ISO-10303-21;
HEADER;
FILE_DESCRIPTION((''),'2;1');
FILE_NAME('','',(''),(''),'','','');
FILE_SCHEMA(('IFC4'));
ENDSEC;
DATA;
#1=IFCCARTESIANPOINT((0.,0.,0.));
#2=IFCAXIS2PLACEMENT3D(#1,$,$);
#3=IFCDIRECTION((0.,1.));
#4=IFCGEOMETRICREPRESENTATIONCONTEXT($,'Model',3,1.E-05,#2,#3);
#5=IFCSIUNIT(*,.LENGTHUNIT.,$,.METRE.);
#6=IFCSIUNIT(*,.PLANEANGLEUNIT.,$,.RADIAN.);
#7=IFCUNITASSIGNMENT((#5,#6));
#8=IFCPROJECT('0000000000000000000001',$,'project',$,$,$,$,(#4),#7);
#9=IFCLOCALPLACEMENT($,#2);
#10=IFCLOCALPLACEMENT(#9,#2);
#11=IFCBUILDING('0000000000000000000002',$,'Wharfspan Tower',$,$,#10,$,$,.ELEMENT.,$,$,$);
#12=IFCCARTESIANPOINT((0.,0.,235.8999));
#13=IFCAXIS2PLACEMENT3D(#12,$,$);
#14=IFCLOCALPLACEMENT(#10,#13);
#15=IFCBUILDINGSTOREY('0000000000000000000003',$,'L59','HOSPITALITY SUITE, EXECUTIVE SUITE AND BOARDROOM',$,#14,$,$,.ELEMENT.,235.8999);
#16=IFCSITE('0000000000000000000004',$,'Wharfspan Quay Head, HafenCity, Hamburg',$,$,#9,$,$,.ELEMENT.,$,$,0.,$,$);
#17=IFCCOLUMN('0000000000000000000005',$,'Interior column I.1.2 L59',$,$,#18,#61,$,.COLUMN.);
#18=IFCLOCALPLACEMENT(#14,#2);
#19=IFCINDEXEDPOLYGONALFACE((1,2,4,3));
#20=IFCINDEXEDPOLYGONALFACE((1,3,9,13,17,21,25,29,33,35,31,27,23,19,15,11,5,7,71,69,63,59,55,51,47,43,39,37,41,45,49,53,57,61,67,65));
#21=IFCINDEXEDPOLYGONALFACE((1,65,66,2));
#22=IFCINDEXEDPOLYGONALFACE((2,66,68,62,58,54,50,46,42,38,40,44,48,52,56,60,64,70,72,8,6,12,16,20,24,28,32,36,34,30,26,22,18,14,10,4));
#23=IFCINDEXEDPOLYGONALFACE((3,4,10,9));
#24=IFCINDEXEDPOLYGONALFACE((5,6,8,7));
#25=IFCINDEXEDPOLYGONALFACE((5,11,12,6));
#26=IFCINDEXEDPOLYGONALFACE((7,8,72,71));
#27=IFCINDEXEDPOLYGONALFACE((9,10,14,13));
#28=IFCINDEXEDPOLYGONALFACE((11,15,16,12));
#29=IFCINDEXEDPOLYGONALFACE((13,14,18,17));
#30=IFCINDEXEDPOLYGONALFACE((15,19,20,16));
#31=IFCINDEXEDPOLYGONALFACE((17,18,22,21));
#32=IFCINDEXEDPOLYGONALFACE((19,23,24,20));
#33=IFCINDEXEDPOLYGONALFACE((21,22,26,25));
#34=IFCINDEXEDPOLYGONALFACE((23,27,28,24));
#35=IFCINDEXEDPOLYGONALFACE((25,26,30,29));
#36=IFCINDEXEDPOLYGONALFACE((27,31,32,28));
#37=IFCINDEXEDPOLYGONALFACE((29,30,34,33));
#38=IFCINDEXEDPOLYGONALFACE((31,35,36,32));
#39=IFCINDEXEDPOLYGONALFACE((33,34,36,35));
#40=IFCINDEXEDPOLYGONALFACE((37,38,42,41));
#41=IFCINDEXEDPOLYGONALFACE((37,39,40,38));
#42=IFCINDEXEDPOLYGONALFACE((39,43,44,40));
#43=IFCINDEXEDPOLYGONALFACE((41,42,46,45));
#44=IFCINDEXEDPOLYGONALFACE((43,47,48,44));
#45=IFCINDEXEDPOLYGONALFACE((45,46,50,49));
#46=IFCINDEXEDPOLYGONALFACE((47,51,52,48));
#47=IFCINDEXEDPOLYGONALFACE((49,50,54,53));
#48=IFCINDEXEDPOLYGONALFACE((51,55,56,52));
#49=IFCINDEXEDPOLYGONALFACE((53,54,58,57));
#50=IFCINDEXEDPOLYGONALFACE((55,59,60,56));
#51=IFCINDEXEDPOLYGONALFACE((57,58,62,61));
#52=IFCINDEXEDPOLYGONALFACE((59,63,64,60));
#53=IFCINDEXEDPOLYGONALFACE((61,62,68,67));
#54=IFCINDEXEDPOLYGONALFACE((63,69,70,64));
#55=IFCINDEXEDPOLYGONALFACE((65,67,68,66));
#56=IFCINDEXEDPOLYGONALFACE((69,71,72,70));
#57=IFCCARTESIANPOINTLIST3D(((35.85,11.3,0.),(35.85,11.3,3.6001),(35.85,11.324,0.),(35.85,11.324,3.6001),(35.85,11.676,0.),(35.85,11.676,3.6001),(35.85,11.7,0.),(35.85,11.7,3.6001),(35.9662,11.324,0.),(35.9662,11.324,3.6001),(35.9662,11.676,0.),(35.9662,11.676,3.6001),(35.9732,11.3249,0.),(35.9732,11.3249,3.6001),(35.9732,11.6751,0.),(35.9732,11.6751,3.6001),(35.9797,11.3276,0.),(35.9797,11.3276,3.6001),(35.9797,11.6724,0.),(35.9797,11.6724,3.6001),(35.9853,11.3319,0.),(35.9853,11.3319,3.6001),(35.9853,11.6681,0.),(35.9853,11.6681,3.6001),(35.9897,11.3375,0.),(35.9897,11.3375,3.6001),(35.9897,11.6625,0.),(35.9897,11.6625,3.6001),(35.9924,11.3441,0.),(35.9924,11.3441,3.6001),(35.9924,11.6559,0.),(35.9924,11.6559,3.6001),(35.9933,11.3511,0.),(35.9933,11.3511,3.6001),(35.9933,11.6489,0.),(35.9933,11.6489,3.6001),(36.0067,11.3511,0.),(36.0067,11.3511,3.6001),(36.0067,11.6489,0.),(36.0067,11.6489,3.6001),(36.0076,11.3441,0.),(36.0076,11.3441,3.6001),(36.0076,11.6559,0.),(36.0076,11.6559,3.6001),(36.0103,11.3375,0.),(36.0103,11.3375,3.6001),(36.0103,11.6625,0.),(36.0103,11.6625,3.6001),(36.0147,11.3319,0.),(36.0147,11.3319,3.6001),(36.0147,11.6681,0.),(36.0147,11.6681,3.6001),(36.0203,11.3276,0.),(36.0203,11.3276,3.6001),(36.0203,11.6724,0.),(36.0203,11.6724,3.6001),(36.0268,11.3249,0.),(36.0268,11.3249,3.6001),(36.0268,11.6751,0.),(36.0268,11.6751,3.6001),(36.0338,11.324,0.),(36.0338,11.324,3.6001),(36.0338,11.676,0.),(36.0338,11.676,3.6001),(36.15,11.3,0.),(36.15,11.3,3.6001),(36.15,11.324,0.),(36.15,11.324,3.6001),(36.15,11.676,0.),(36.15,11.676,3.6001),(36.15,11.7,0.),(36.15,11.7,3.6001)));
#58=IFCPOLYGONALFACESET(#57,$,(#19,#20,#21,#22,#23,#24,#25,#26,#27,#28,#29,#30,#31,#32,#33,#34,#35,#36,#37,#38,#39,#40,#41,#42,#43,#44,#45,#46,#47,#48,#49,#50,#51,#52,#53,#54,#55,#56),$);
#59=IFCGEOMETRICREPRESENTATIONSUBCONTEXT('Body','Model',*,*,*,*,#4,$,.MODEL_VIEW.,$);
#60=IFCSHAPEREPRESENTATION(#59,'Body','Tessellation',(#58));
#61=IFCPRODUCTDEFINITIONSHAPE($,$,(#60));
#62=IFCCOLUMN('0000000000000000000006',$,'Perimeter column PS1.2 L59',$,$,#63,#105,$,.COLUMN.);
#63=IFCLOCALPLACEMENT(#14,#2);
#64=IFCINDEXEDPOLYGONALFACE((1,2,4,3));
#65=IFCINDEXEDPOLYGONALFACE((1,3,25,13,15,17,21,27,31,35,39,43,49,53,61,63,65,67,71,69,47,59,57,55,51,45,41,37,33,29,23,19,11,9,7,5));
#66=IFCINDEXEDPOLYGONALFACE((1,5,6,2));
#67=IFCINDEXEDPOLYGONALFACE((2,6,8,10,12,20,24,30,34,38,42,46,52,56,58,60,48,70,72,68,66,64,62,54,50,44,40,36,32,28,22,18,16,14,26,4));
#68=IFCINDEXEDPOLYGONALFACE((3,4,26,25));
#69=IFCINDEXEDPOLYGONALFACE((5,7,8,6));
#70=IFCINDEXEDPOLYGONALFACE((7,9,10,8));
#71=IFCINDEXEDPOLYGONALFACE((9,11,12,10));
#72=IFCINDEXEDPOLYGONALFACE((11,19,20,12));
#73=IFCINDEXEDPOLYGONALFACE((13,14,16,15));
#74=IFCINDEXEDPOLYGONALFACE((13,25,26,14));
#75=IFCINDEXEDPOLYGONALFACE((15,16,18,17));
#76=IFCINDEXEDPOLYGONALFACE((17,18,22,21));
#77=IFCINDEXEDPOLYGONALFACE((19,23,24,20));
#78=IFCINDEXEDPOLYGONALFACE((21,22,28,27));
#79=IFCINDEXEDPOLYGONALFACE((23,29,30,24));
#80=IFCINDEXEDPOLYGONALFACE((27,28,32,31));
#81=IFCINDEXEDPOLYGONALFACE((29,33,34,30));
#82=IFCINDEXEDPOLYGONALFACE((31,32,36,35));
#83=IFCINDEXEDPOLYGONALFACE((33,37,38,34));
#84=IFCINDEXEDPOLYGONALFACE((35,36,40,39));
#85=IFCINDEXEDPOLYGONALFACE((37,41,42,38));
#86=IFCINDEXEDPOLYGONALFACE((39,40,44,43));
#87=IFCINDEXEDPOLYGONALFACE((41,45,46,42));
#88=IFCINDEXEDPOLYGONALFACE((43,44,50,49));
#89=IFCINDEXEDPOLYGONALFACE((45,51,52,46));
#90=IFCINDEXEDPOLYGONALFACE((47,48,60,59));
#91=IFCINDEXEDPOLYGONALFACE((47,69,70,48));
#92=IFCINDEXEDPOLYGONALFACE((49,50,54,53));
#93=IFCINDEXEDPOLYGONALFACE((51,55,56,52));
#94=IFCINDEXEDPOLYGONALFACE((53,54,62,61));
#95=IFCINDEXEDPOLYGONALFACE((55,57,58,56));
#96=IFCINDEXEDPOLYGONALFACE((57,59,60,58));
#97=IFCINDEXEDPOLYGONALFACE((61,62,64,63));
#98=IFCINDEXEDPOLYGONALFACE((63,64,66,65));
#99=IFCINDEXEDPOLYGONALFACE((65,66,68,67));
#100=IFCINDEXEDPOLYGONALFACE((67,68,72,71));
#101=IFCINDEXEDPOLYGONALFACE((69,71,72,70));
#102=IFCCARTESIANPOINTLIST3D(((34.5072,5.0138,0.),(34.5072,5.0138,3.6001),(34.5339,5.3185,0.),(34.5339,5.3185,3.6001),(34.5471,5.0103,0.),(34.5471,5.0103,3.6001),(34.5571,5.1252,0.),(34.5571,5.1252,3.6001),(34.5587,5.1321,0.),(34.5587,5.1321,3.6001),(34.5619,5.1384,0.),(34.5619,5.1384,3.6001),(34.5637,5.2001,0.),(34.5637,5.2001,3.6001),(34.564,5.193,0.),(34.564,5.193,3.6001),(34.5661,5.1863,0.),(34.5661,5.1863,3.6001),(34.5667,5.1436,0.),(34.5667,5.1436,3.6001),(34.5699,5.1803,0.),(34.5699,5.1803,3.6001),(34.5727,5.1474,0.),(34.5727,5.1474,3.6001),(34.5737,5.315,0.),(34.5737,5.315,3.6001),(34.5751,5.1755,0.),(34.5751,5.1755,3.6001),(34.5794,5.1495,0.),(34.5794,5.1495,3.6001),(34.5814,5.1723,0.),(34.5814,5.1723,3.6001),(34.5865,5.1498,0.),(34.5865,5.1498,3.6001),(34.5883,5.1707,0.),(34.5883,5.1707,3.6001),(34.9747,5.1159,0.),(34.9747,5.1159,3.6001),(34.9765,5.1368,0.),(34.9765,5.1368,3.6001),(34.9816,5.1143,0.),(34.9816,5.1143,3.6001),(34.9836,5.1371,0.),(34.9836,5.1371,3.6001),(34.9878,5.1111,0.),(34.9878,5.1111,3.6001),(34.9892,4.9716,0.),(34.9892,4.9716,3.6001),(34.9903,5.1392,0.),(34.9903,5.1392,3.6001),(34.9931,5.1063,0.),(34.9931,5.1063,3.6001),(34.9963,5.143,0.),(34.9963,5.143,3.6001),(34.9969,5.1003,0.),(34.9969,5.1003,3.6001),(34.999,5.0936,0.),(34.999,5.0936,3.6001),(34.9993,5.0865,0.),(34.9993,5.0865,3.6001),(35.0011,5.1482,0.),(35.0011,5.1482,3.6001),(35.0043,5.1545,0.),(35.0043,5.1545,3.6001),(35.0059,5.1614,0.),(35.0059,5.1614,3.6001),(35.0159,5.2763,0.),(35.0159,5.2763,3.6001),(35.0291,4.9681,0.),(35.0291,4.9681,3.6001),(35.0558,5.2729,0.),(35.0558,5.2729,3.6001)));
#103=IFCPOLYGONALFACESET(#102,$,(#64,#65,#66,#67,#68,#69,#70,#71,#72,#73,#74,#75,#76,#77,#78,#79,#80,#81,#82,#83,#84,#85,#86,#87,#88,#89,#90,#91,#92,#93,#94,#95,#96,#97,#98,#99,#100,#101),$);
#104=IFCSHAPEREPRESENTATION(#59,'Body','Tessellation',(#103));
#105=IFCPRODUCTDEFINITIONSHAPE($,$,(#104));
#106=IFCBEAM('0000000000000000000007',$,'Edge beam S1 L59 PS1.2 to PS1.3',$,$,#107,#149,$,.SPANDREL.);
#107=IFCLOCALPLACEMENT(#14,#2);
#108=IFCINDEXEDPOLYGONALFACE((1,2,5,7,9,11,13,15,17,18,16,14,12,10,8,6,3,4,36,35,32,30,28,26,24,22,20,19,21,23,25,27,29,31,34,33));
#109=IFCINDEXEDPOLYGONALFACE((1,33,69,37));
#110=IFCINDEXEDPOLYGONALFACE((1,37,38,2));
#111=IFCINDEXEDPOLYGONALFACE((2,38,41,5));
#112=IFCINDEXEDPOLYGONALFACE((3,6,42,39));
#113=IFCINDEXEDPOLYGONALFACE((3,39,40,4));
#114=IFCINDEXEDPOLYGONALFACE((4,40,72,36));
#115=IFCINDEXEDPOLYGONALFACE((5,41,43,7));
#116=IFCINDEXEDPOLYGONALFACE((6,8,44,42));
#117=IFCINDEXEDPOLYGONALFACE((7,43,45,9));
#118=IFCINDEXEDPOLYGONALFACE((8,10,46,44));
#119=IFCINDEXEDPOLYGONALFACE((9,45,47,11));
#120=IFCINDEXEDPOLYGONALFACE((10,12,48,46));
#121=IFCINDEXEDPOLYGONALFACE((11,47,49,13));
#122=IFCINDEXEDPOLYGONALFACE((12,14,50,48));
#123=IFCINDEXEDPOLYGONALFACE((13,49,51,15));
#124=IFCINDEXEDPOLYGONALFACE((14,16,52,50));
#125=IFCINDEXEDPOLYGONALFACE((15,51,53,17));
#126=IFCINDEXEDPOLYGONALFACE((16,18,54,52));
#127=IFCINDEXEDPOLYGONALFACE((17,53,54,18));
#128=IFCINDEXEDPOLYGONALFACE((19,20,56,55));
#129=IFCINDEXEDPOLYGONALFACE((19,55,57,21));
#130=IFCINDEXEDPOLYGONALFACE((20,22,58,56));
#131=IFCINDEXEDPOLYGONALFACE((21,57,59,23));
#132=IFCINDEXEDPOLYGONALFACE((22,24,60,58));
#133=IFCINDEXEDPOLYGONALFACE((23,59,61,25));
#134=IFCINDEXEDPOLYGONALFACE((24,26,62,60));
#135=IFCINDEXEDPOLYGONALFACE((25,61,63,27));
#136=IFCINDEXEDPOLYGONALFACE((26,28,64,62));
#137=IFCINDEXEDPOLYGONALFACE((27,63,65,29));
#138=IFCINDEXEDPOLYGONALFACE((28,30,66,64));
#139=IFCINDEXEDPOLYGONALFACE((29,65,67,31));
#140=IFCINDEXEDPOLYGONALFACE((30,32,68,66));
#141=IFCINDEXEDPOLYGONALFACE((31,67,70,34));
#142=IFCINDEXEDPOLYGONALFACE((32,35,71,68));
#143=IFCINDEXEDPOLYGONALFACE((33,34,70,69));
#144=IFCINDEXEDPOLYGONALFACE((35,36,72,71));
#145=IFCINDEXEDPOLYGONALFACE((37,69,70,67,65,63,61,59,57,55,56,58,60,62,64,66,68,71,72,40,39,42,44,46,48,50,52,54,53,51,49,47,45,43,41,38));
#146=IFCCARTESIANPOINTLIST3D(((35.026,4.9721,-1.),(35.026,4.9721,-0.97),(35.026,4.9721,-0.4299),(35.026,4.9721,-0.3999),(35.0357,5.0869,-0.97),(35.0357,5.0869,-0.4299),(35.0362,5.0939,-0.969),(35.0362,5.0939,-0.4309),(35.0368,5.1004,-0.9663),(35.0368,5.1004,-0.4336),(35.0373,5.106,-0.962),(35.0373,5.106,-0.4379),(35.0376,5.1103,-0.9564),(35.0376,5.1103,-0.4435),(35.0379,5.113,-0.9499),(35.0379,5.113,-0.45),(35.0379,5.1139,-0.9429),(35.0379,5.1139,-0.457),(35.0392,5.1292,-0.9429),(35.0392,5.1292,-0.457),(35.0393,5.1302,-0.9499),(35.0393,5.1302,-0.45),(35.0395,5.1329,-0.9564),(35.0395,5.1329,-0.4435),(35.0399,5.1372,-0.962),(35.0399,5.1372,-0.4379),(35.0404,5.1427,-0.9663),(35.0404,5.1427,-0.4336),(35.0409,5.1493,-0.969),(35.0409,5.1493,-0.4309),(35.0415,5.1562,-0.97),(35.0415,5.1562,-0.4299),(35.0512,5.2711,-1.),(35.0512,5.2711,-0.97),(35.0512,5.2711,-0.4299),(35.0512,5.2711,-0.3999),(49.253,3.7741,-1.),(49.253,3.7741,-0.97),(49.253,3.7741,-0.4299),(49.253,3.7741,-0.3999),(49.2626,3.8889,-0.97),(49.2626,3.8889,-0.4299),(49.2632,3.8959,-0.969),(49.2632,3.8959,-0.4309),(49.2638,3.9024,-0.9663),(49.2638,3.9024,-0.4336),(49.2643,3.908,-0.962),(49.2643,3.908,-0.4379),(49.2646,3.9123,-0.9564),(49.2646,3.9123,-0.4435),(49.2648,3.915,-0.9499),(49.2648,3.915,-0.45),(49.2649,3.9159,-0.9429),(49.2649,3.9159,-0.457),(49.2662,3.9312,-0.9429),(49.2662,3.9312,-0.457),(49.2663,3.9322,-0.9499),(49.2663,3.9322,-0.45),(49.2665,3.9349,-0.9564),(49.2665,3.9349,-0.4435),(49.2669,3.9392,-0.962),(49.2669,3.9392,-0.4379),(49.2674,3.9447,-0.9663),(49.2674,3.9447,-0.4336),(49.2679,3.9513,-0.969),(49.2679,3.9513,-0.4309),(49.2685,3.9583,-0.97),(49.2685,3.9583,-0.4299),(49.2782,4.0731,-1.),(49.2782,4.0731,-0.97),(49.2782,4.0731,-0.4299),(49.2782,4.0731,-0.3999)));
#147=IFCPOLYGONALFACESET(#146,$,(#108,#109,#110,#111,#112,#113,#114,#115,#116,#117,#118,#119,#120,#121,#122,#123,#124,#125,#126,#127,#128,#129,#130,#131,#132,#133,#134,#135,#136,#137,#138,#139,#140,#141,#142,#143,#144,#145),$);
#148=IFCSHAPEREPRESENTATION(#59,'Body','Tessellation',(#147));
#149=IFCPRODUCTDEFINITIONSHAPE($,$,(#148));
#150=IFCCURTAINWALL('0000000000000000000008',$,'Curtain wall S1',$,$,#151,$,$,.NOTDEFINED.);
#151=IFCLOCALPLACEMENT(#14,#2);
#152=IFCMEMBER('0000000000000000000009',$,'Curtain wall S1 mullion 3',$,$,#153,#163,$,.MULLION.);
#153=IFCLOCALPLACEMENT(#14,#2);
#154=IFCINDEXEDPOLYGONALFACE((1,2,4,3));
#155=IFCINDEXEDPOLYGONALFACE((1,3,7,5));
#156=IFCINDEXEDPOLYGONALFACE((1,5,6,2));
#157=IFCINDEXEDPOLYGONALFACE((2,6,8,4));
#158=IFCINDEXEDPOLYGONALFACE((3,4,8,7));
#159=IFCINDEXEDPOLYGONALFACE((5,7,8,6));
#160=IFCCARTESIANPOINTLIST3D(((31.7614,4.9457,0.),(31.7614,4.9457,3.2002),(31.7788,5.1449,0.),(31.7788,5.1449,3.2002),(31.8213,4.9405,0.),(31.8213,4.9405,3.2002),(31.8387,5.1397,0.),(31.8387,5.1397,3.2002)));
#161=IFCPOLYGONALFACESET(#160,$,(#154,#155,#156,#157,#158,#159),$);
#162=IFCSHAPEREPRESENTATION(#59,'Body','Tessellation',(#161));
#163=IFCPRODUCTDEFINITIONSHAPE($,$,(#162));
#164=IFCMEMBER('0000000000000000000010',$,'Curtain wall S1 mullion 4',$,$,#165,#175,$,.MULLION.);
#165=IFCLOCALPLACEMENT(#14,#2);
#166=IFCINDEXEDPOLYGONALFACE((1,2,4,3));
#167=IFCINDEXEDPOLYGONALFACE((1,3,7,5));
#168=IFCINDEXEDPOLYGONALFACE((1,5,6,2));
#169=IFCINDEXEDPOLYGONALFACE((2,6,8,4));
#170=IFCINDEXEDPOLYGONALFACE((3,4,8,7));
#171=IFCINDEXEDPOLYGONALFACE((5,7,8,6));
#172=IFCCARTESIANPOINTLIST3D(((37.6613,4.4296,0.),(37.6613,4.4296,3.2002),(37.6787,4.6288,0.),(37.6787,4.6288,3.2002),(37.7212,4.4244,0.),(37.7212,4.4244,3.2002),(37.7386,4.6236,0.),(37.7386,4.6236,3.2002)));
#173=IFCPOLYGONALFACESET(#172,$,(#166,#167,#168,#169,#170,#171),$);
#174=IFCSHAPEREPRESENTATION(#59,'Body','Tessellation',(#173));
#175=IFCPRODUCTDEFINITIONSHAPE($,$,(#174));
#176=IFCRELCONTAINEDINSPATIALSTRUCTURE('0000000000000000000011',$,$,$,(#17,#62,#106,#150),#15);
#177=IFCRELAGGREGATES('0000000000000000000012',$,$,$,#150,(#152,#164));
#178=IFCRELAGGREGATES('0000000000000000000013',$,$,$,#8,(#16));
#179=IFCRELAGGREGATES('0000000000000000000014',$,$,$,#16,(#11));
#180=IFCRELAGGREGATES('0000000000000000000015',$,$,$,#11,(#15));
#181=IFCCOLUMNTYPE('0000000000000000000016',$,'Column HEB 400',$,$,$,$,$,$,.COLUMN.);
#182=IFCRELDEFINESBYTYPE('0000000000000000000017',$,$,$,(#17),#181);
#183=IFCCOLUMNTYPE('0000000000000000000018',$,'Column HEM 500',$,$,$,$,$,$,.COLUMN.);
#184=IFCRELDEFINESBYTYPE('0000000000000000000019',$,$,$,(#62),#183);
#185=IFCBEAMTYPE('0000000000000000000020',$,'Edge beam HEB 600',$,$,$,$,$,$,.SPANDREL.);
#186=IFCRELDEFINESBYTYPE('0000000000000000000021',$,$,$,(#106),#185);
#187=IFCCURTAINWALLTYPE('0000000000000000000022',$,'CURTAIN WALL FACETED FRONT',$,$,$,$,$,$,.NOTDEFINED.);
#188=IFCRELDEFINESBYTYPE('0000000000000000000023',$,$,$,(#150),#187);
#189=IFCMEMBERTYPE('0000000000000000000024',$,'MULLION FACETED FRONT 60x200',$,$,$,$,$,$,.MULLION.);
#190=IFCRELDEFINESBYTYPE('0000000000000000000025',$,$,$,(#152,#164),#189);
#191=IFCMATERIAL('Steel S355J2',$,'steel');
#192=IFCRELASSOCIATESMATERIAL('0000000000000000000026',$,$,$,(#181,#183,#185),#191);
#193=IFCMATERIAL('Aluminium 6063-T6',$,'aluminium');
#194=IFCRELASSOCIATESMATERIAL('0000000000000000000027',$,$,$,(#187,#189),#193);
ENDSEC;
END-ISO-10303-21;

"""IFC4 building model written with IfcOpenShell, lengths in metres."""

from ifc_helpers import new_model, si_unit, direction, frame, origin, origin_2d, place, context, subcontext, project, spatial, rectangle, i_section, extrude, material, material_profile, profile_set, type_object, element, aggregate, save


model = new_model("IFC4")

# Units and contexts
model_context = context("Model", 3, precision=1e-05, world=origin(), true_north=direction((0.0, 1.0)))
body_context = subcontext(model_context, "Body", "Model", "MODEL_VIEW")
ifc_project = project(units=[si_unit("LENGTHUNIT", "METRE"), si_unit("PLANEANGLEUNIT", "RADIAN")], contexts=[model_context])

# Site, building, storey
site_placement = place(None, origin())
site = spatial("IfcSite", under=ifc_project, at=site_placement, Name="Wharfspan Quay Head, HafenCity, Hamburg", CompositionType="ELEMENT", RefElevation=0.0)
building_placement = place(site_placement, origin())
building = spatial("IfcBuilding", under=site, at=building_placement, Name="Wharfspan Tower", CompositionType="ELEMENT")
storey_placement = place(building_placement, frame((0.0, 0.0, 235.8999)))
storey = spatial("IfcBuildingStorey", under=building, at=storey_placement, Name="L59", Description="HOSPITALITY SUITE, EXECUTIVE SUITE AND BOARDROOM", CompositionType="ELEMENT", Elevation=235.8999)

# Columns
ifc_material_1 = material(Name="Steel S355J2", Category="steel")
ifc_material_profile_1 = material_profile(ifc_material_1, i_section(OverallWidth=0.3, OverallDepth=0.3999, WebThickness=0.0134, FlangeThickness=0.0239, FilletRadius=0.0271, at=origin_2d()))
ifc_profile_set_1 = profile_set([ifc_material_profile_1], Name="Steel S355J2")
column_type_1 = type_object("IfcColumnType", Name="Column HEB 400", PredefinedType="COLUMN", material=ifc_profile_set_1)
column_1_placement = place(storey_placement, frame((36.0, 11.5, 0.0), z_axis=(0.0, 0.0, 1.0), x_axis=(1.0, 0.0, 0.0)))
element("IfcColumn", 1, at=column_1_placement, inside=storey, type_object=column_type_1, Name="Interior column I.1.2 L59", PredefinedType="COLUMN", context=body_context, shape_type="SweptSolid", body=[
    extrude(i_section(OverallWidth=0.3, OverallDepth=0.3999, WebThickness=0.0134, FlangeThickness=0.0239, FilletRadius=0.0271, at=origin_2d()), origin(), (0.0, 0.0, 1.0), 3.6001),
])
ifc_material_profile_2 = material_profile(ifc_material_1, i_section(OverallWidth=0.3059, OverallDepth=0.5239, WebThickness=0.021, FlangeThickness=0.04, FilletRadius=0.0271, at=origin_2d()))
ifc_profile_set_2 = profile_set([ifc_material_profile_2], Name="Steel S355J2")
column_type_2 = type_object("IfcColumnType", Name="Column HEM 500", PredefinedType="COLUMN", material=ifc_profile_set_2)
column_2_placement = place(storey_placement, frame((34.7815, 5.1433, 0.0), z_axis=(0.0, 0.0, 1.0), x_axis=(-0.087156, -0.996197, 0.0)))
element("IfcColumn", 2, at=column_2_placement, inside=storey, type_object=column_type_2, Name="Perimeter column PS1.2 L59", PredefinedType="COLUMN", context=body_context, shape_type="SweptSolid", body=[
    extrude(i_section(OverallWidth=0.3059, OverallDepth=0.5239, WebThickness=0.021, FlangeThickness=0.04, FilletRadius=0.0271, at=origin_2d()), origin(), (0.0, 0.0, 1.0), 3.6001),
])

# Beam
ifc_material_profile_3 = material_profile(ifc_material_1, i_section(OverallWidth=0.3, OverallDepth=0.6001, WebThickness=0.0154, FlangeThickness=0.03, FilletRadius=0.0271, at=origin_2d()))
ifc_profile_set_3 = profile_set([ifc_material_profile_3], Name="Steel S355J2")
beam_type = type_object("IfcBeamType", Name="Edge beam HEB 600", PredefinedType="SPANDREL", material=ifc_profile_set_3)
beam_placement = place(storey_placement, frame((35.0386, 5.1216, -0.7), z_axis=(0.996473, -0.083909, 0.0), x_axis=(0.083909, 0.996473, 0.0)))
element("IfcBeam", 3, at=beam_placement, inside=storey, type_object=beam_type, Name="Edge beam S1 L59 PS1.2 to PS1.3", PredefinedType="SPANDREL", context=body_context, shape_type="SweptSolid", body=[
    extrude(i_section(OverallWidth=0.3, OverallDepth=0.6001, WebThickness=0.0154, FlangeThickness=0.03, FilletRadius=0.0271, at=origin_2d()), origin(), (0.0, 0.0, 1.0), 14.2773),
])

# Curtain wall, members
ifc_material_2 = material(Name="Aluminium 6063-T6", Category="aluminium")
curtain_wall_type = type_object("IfcCurtainWallType", Name="CURTAIN WALL FACETED FRONT", PredefinedType="NOTDEFINED", material=ifc_material_2)
curtain_wall_placement = place(storey_placement, origin())
curtain_wall = element("IfcCurtainWall", 4, at=curtain_wall_placement, inside=storey, type_object=curtain_wall_type, Name="Curtain wall S1", PredefinedType="NOTDEFINED")
ifc_material_profile_4 = material_profile(ifc_material_2, rectangle(XDim=0.2, YDim=0.0601, at=origin_2d()))
ifc_profile_set_4 = profile_set([ifc_material_profile_4], Name="Aluminium 6063-T6")
member_type_1 = type_object("IfcMemberType", Name="MULLION FACETED FRONT 60x200", PredefinedType="MULLION", material=ifc_profile_set_4)
member_1_placement = place(storey_placement, frame((31.8, 5.0427, 0.0), z_axis=(0.0, 0.0, 1.0), x_axis=(0.087156, 0.996197, 0.0)))
member_1 = element("IfcMember", 5, at=member_1_placement, type_object=member_type_1, Name="Curtain wall S1 mullion 3", PredefinedType="MULLION", context=body_context, shape_type="SweptSolid", body=[
    extrude(rectangle(XDim=0.2, YDim=0.0601, at=origin_2d()), origin(), (0.0, 0.0, 1.0), 3.2002),
])
member_2_placement = place(storey_placement, frame((37.7, 4.5266, 0.0), z_axis=(0.0, 0.0, 1.0), x_axis=(0.087156, 0.996197, 0.0)))
member_2 = element("IfcMember", 6, at=member_2_placement, type_object=member_type_1, Name="Curtain wall S1 mullion 4", PredefinedType="MULLION", context=body_context, shape_type="SweptSolid", body=[
    extrude(rectangle(XDim=0.2, YDim=0.0601, at=origin_2d()), origin(), (0.0, 0.0, 1.0), 3.2002),
])

aggregate(curtain_wall, [member_1, member_2])

save(model, "model.ifc")
